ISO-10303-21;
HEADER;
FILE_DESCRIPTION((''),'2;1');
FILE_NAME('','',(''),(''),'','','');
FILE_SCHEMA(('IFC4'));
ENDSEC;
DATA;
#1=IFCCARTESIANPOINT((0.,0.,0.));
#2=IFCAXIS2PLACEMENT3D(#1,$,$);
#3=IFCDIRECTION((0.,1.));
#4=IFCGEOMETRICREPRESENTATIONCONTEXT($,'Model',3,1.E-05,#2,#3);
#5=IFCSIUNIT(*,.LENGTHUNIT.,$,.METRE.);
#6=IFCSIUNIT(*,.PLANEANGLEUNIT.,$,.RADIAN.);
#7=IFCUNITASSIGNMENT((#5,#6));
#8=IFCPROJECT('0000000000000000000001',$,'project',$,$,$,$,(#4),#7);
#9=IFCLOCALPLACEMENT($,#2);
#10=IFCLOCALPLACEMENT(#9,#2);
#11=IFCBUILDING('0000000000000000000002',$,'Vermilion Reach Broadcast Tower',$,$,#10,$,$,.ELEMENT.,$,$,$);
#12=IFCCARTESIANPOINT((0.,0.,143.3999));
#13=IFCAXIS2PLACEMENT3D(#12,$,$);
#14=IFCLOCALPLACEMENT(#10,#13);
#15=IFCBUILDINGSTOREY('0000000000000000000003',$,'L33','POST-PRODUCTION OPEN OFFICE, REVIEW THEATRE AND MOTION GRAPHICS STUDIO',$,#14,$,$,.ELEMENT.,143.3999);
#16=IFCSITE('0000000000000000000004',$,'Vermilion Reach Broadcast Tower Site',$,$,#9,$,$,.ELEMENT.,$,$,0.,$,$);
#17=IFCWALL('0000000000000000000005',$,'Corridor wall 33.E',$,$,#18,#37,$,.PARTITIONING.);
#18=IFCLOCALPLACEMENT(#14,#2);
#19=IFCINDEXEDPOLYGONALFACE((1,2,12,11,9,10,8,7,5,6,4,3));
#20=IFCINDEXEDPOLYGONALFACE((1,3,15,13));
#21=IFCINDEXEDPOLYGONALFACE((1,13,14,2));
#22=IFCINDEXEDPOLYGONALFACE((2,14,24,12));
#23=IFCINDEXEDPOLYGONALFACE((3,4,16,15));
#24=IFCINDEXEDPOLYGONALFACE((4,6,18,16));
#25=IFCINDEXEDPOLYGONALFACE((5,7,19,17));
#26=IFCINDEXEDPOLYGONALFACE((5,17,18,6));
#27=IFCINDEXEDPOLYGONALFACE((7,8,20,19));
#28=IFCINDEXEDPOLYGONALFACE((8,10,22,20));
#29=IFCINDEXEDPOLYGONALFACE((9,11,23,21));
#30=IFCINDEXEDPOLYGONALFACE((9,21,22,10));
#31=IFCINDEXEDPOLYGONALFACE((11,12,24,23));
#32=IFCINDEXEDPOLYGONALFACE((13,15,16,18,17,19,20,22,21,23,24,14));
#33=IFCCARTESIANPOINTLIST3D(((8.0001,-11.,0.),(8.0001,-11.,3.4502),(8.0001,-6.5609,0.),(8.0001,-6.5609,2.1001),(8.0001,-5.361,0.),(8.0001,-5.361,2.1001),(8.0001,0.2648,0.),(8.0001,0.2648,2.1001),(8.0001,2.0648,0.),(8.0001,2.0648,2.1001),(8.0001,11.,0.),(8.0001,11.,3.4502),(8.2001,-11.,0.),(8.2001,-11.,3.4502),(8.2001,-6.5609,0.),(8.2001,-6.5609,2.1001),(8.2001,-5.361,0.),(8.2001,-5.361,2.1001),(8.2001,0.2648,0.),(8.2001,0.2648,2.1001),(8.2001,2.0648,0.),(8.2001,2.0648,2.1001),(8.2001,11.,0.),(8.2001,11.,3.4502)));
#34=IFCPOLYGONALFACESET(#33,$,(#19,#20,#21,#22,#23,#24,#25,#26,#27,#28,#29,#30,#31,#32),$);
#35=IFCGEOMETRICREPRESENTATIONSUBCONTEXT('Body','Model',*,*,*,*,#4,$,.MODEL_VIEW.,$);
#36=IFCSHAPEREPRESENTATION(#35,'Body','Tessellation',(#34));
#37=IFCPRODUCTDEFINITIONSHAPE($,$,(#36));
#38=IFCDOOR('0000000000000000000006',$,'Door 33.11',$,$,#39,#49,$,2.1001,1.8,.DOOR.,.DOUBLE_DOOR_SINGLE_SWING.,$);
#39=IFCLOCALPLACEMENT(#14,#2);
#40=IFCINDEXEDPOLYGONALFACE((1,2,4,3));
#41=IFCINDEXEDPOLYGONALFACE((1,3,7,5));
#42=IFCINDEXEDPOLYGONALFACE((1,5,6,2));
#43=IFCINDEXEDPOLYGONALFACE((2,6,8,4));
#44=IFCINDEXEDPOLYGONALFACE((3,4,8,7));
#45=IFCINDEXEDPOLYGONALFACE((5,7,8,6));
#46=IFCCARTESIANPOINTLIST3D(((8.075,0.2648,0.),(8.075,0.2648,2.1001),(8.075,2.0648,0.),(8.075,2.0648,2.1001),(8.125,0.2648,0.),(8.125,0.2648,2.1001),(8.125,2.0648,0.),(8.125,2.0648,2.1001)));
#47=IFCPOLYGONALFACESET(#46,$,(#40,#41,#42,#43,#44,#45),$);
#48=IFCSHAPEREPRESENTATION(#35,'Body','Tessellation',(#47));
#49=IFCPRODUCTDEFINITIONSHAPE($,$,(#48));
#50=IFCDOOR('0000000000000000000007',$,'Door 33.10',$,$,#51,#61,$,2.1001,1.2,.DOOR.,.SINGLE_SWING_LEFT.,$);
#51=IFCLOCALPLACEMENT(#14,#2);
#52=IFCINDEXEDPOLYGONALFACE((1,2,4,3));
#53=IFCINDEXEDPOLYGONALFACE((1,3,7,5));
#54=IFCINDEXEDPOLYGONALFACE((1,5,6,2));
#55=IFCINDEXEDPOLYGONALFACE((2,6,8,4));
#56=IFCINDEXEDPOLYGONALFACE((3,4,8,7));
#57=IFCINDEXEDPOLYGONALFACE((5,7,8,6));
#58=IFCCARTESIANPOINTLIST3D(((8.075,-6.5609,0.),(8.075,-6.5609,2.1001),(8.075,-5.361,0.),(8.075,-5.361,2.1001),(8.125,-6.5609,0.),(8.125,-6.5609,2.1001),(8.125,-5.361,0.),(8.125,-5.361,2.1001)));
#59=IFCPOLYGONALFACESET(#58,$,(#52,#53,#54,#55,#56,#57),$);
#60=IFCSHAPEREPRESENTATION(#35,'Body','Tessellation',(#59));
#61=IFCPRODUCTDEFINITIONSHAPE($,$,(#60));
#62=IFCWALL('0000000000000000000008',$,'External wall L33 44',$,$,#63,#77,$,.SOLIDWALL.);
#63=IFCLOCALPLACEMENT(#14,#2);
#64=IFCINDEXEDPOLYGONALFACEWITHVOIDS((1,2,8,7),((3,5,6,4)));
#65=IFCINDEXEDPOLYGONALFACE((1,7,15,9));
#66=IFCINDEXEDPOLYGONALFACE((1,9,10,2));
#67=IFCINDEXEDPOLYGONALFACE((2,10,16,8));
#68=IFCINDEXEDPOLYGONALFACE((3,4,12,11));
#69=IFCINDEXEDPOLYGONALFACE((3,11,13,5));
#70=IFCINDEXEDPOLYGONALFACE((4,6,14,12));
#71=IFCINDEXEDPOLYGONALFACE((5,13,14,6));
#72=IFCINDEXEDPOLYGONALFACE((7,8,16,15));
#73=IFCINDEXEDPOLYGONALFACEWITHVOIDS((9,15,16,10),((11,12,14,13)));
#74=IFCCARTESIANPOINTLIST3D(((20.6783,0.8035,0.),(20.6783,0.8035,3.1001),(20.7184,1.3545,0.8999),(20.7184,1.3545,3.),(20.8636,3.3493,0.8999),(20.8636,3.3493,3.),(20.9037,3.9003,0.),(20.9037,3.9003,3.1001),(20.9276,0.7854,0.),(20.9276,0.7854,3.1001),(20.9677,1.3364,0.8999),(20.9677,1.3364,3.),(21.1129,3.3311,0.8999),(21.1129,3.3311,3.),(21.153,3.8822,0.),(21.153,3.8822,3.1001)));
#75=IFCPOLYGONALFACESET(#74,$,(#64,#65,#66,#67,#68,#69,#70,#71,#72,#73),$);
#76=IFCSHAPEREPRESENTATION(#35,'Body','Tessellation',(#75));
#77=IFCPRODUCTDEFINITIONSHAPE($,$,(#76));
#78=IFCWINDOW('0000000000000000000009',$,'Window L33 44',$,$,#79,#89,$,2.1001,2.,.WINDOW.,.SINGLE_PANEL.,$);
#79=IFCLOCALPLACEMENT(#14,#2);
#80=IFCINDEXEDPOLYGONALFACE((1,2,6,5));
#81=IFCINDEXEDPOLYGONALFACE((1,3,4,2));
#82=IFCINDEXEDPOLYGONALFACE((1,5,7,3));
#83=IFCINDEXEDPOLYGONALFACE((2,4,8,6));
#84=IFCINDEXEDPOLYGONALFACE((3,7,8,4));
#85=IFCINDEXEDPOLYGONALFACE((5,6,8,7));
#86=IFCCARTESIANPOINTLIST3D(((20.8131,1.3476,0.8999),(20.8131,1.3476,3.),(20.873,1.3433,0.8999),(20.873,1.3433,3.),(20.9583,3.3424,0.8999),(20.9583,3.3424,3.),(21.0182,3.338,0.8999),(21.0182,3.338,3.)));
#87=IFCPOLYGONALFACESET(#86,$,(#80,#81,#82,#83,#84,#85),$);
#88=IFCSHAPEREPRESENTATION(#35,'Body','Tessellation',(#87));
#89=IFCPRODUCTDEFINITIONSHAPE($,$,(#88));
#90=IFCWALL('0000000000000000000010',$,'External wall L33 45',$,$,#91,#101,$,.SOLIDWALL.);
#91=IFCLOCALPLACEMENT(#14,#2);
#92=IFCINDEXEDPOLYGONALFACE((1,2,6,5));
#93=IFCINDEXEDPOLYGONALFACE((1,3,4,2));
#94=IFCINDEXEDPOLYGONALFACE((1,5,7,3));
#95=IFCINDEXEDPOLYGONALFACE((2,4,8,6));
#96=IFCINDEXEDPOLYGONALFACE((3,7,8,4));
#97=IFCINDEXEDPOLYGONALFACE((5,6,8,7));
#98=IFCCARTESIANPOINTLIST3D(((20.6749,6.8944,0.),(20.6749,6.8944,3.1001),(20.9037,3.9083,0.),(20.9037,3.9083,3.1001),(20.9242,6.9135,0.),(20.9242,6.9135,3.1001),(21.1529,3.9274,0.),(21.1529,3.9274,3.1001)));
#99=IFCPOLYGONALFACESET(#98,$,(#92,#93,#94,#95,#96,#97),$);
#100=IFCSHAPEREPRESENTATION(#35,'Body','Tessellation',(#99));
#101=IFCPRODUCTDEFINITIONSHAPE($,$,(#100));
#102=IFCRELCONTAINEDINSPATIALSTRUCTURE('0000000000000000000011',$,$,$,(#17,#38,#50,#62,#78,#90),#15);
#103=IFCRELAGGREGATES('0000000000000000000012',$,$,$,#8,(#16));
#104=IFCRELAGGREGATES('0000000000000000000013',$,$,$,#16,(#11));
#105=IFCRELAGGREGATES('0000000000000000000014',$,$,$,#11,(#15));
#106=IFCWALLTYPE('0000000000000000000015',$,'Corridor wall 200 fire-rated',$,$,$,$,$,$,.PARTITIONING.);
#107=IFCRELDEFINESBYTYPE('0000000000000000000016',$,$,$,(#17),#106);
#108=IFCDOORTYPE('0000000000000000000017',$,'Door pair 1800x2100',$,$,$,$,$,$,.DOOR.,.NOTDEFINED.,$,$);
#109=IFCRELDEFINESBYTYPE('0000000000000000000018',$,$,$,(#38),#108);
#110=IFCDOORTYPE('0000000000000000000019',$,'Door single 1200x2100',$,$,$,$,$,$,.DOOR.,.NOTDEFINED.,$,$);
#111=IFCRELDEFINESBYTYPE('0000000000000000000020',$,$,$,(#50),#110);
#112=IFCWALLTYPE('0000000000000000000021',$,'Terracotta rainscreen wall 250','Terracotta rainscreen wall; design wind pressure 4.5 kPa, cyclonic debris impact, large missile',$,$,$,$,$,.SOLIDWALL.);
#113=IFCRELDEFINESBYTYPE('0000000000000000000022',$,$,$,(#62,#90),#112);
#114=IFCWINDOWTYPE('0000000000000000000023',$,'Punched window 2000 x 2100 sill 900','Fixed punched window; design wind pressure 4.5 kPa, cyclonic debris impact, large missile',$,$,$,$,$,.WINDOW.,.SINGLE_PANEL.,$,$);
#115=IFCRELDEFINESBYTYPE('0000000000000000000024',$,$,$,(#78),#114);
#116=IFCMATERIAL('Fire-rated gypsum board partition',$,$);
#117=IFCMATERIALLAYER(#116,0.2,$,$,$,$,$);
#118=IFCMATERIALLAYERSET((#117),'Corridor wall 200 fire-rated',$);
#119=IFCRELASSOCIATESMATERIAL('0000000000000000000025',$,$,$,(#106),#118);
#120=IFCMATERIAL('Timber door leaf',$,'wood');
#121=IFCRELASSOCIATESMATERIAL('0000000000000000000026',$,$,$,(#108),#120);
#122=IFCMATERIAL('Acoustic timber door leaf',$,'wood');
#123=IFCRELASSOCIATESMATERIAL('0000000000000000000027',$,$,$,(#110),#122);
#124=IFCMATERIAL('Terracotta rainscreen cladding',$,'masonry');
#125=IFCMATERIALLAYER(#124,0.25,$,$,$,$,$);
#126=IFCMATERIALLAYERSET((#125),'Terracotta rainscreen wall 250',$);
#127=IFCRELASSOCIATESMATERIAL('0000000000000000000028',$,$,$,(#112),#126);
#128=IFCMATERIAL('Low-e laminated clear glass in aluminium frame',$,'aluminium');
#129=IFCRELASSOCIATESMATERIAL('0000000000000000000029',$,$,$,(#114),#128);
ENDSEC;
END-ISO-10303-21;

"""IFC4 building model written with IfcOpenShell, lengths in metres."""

from ifc_helpers import new_model, si_unit, direction, frame, frame_2d, origin, place, context, subcontext, project, spatial, rectangle, extrude, material, layer, layer_set, type_object, element, fill, save


model = new_model("IFC4")

# Units and contexts
model_context = context("Model", 3, precision=1e-05, world=origin(), true_north=direction((0.0, 1.0)))
body_context = subcontext(model_context, "Body", "Model", "MODEL_VIEW")
ifc_project = project(units=[si_unit("LENGTHUNIT", "METRE"), si_unit("PLANEANGLEUNIT", "RADIAN")], contexts=[model_context])

# Site, building, storey
site_placement = place(None, origin())
site = spatial("IfcSite", under=ifc_project, at=site_placement, Name="Vermilion Reach Broadcast Tower Site", CompositionType="ELEMENT", RefElevation=0.0)
building_placement = place(site_placement, origin())
building = spatial("IfcBuilding", under=site, at=building_placement, Name="Vermilion Reach Broadcast Tower", CompositionType="ELEMENT")
storey_placement = place(building_placement, frame((0.0, 0.0, 143.3999)))
storey = spatial("IfcBuildingStorey", under=building, at=storey_placement, Name="L33", Description="POST-PRODUCTION OPEN OFFICE, REVIEW THEATRE AND MOTION GRAPHICS STUDIO", CompositionType="ELEMENT", Elevation=143.3999)

# Wall, openings, doors
ifc_material_1 = material(Name="Fire-rated gypsum board partition")
ifc_layer_1 = layer(ifc_material_1, 0.2)
ifc_layer_set_1 = layer_set([ifc_layer_1], Name="Corridor wall 200 fire-rated")
wall_type_1 = type_object("IfcWallType", Name="Corridor wall 200 fire-rated", PredefinedType="PARTITIONING", material=ifc_layer_set_1)
wall_1_placement = place(storey_placement, frame((8.1001, 11.0, 0.0), z_axis=(0.0, 0.0, 1.0), x_axis=(0.0, -1.0, 0.0)))
wall_1 = element("IfcWall", 1, at=wall_1_placement, inside=storey, type_object=wall_type_1, Name="Corridor wall 33.E", PredefinedType="PARTITIONING", context=body_context, shape_type="SweptSolid", body=[
    extrude(rectangle(XDim=22.0, YDim=0.2, at=frame_2d((11.0, 0.0))), origin(), (0.0, 0.0, 1.0), 3.4502),
])
opening_1_placement = place(wall_1_placement, frame((16.3608, 0.0, 0.0)))
opening_1 = element("IfcOpeningElement", 2, at=opening_1_placement, cuts=wall_1, PredefinedType="OPENING", context=body_context, shape_type="SweptSolid", body=[
    extrude(rectangle(XDim=1.2, YDim=2.1001, at=frame_2d((0.6001, 1.05))), frame((0.0, 0.1099, 0.0), z_axis=(0.0, -1.0, 0.0), x_axis=(1.0, 0.0, 0.0)), (0.0, 0.0, 1.0), 0.22),
])
opening_2_placement = place(wall_1_placement, frame((8.9353, 0.0, 0.0)))
opening_2 = element("IfcOpeningElement", 3, at=opening_2_placement, cuts=wall_1, PredefinedType="OPENING", context=body_context, shape_type="SweptSolid", body=[
    extrude(rectangle(XDim=1.8, YDim=2.1001, at=frame_2d((0.8999, 1.05))), frame((0.0, 0.1099, 0.0), z_axis=(0.0, -1.0, 0.0), x_axis=(1.0, 0.0, 0.0)), (0.0, 0.0, 1.0), 0.22),
])
ifc_material_2 = material(Name="Timber door leaf", Category="wood")
door_type_1 = type_object("IfcDoorType", Name="Door pair 1800x2100", OperationType="NOTDEFINED", PredefinedType="DOOR", material=ifc_material_2)
door_1_placement = place(opening_2_placement, origin())
door_1 = element("IfcDoor", 4, at=door_1_placement, inside=storey, type_object=door_type_1, Name="Door 33.11", OperationType="DOUBLE_DOOR_SINGLE_SWING", OverallHeight=2.1001, OverallWidth=1.8, PredefinedType="DOOR", context=body_context, shape_type="SweptSolid", body=[
    extrude(rectangle(XDim=1.8, YDim=2.1001, at=frame_2d((0.8999, 1.05))), frame((0.0, 0.0249, 0.0), z_axis=(0.0, -1.0, 0.0), x_axis=(1.0, 0.0, 0.0)), (0.0, 0.0, 1.0), 0.05),
])
fill(opening_2, door_1)
ifc_material_3 = material(Name="Acoustic timber door leaf", Category="wood")
door_type_2 = type_object("IfcDoorType", Name="Door single 1200x2100", OperationType="NOTDEFINED", PredefinedType="DOOR", material=ifc_material_3)
door_2_placement = place(opening_1_placement, origin())
door_2 = element("IfcDoor", 5, at=door_2_placement, inside=storey, type_object=door_type_2, Name="Door 33.10", OperationType="SINGLE_SWING_LEFT", OverallHeight=2.1001, OverallWidth=1.2, PredefinedType="DOOR", context=body_context, shape_type="SweptSolid", body=[
    extrude(rectangle(XDim=1.2, YDim=2.1001, at=frame_2d((0.6001, 1.05))), frame((0.0, 0.0249, 0.0), z_axis=(0.0, -1.0, 0.0), x_axis=(1.0, 0.0, 0.0)), (0.0, 0.0, 1.0), 0.05),
])
fill(opening_1, door_2)

# Wall, opening, window
ifc_material_4 = material(Name="Terracotta rainscreen cladding", Category="masonry")
ifc_layer_2 = layer(ifc_material_4, 0.25)
ifc_layer_set_2 = layer_set([ifc_layer_2], Name="Terracotta rainscreen wall 250")
wall_type_2 = type_object("IfcWallType", Name="Terracotta rainscreen wall 250", Description="Terracotta rainscreen wall; design wind pressure 4.5 kPa, cyclonic debris impact, large missile", PredefinedType="SOLIDWALL", material=ifc_layer_set_2)
wall_2_placement = place(storey_placement, frame((20.803, 0.7944, 0.0), z_axis=(0.0, 0.0, 1.0), x_axis=(0.072577, 0.997363, 0.0)))
wall_2 = element("IfcWall", 6, at=wall_2_placement, inside=storey, type_object=wall_type_2, Name="External wall L33 44", PredefinedType="SOLIDWALL", context=body_context, shape_type="SweptSolid", body=[
    extrude(rectangle(XDim=3.105, YDim=0.25, at=frame_2d((1.5525, 0.0))), origin(), (0.0, 0.0, 1.0), 3.1001),
])
opening_3_placement = place(wall_2_placement, frame((0.5525, 0.0, 0.8999)))
opening_3 = element("IfcOpeningElement", 7, at=opening_3_placement, cuts=wall_2, PredefinedType="OPENING", context=body_context, shape_type="SweptSolid", body=[
    extrude(rectangle(XDim=2.0, YDim=2.1001, at=frame_2d((1.0, 1.05))), frame((0.0, 0.135, 0.0), z_axis=(0.0, -1.0, 0.0), x_axis=(1.0, 0.0, 0.0)), (0.0, 0.0, 1.0), 0.27),
])
ifc_material_5 = material(Name="Low-e laminated clear glass in aluminium frame", Category="aluminium")
window_type = type_object("IfcWindowType", Name="Punched window 2000 x 2100 sill 900", Description="Fixed punched window; design wind pressure 4.5 kPa, cyclonic debris impact, large missile", PartitioningType="SINGLE_PANEL", PredefinedType="WINDOW", material=ifc_material_5)
window_placement = place(opening_3_placement, origin())
window = element("IfcWindow", 8, at=window_placement, inside=storey, type_object=window_type, Name="Window L33 44", OverallHeight=2.1001, OverallWidth=2.0, PartitioningType="SINGLE_PANEL", PredefinedType="WINDOW", context=body_context, shape_type="SweptSolid", body=[
    extrude(rectangle(XDim=2.0, YDim=2.1001, at=frame_2d((1.0, 1.05))), frame((0.0, 0.03, 0.0), z_axis=(0.0, -1.0, 0.0), x_axis=(1.0, 0.0, 0.0)), (0.0, 0.0, 1.0), 0.0601),
])
fill(opening_3, window)

# Wall
wall_3_placement = place(storey_placement, frame((21.0283, 3.9177, 0.0), z_axis=(0.0, 0.0, 1.0), x_axis=(-0.076385, 0.997078, 0.0)))
element("IfcWall", 9, at=wall_3_placement, inside=storey, type_object=wall_type_2, Name="External wall L33 45", PredefinedType="SOLIDWALL", context=body_context, shape_type="SweptSolid", body=[
    extrude(rectangle(XDim=2.9949, YDim=0.25, at=frame_2d((1.4976, 0.0))), origin(), (0.0, 0.0, 1.0), 3.1001),
])

save(model, "model.ifc")
